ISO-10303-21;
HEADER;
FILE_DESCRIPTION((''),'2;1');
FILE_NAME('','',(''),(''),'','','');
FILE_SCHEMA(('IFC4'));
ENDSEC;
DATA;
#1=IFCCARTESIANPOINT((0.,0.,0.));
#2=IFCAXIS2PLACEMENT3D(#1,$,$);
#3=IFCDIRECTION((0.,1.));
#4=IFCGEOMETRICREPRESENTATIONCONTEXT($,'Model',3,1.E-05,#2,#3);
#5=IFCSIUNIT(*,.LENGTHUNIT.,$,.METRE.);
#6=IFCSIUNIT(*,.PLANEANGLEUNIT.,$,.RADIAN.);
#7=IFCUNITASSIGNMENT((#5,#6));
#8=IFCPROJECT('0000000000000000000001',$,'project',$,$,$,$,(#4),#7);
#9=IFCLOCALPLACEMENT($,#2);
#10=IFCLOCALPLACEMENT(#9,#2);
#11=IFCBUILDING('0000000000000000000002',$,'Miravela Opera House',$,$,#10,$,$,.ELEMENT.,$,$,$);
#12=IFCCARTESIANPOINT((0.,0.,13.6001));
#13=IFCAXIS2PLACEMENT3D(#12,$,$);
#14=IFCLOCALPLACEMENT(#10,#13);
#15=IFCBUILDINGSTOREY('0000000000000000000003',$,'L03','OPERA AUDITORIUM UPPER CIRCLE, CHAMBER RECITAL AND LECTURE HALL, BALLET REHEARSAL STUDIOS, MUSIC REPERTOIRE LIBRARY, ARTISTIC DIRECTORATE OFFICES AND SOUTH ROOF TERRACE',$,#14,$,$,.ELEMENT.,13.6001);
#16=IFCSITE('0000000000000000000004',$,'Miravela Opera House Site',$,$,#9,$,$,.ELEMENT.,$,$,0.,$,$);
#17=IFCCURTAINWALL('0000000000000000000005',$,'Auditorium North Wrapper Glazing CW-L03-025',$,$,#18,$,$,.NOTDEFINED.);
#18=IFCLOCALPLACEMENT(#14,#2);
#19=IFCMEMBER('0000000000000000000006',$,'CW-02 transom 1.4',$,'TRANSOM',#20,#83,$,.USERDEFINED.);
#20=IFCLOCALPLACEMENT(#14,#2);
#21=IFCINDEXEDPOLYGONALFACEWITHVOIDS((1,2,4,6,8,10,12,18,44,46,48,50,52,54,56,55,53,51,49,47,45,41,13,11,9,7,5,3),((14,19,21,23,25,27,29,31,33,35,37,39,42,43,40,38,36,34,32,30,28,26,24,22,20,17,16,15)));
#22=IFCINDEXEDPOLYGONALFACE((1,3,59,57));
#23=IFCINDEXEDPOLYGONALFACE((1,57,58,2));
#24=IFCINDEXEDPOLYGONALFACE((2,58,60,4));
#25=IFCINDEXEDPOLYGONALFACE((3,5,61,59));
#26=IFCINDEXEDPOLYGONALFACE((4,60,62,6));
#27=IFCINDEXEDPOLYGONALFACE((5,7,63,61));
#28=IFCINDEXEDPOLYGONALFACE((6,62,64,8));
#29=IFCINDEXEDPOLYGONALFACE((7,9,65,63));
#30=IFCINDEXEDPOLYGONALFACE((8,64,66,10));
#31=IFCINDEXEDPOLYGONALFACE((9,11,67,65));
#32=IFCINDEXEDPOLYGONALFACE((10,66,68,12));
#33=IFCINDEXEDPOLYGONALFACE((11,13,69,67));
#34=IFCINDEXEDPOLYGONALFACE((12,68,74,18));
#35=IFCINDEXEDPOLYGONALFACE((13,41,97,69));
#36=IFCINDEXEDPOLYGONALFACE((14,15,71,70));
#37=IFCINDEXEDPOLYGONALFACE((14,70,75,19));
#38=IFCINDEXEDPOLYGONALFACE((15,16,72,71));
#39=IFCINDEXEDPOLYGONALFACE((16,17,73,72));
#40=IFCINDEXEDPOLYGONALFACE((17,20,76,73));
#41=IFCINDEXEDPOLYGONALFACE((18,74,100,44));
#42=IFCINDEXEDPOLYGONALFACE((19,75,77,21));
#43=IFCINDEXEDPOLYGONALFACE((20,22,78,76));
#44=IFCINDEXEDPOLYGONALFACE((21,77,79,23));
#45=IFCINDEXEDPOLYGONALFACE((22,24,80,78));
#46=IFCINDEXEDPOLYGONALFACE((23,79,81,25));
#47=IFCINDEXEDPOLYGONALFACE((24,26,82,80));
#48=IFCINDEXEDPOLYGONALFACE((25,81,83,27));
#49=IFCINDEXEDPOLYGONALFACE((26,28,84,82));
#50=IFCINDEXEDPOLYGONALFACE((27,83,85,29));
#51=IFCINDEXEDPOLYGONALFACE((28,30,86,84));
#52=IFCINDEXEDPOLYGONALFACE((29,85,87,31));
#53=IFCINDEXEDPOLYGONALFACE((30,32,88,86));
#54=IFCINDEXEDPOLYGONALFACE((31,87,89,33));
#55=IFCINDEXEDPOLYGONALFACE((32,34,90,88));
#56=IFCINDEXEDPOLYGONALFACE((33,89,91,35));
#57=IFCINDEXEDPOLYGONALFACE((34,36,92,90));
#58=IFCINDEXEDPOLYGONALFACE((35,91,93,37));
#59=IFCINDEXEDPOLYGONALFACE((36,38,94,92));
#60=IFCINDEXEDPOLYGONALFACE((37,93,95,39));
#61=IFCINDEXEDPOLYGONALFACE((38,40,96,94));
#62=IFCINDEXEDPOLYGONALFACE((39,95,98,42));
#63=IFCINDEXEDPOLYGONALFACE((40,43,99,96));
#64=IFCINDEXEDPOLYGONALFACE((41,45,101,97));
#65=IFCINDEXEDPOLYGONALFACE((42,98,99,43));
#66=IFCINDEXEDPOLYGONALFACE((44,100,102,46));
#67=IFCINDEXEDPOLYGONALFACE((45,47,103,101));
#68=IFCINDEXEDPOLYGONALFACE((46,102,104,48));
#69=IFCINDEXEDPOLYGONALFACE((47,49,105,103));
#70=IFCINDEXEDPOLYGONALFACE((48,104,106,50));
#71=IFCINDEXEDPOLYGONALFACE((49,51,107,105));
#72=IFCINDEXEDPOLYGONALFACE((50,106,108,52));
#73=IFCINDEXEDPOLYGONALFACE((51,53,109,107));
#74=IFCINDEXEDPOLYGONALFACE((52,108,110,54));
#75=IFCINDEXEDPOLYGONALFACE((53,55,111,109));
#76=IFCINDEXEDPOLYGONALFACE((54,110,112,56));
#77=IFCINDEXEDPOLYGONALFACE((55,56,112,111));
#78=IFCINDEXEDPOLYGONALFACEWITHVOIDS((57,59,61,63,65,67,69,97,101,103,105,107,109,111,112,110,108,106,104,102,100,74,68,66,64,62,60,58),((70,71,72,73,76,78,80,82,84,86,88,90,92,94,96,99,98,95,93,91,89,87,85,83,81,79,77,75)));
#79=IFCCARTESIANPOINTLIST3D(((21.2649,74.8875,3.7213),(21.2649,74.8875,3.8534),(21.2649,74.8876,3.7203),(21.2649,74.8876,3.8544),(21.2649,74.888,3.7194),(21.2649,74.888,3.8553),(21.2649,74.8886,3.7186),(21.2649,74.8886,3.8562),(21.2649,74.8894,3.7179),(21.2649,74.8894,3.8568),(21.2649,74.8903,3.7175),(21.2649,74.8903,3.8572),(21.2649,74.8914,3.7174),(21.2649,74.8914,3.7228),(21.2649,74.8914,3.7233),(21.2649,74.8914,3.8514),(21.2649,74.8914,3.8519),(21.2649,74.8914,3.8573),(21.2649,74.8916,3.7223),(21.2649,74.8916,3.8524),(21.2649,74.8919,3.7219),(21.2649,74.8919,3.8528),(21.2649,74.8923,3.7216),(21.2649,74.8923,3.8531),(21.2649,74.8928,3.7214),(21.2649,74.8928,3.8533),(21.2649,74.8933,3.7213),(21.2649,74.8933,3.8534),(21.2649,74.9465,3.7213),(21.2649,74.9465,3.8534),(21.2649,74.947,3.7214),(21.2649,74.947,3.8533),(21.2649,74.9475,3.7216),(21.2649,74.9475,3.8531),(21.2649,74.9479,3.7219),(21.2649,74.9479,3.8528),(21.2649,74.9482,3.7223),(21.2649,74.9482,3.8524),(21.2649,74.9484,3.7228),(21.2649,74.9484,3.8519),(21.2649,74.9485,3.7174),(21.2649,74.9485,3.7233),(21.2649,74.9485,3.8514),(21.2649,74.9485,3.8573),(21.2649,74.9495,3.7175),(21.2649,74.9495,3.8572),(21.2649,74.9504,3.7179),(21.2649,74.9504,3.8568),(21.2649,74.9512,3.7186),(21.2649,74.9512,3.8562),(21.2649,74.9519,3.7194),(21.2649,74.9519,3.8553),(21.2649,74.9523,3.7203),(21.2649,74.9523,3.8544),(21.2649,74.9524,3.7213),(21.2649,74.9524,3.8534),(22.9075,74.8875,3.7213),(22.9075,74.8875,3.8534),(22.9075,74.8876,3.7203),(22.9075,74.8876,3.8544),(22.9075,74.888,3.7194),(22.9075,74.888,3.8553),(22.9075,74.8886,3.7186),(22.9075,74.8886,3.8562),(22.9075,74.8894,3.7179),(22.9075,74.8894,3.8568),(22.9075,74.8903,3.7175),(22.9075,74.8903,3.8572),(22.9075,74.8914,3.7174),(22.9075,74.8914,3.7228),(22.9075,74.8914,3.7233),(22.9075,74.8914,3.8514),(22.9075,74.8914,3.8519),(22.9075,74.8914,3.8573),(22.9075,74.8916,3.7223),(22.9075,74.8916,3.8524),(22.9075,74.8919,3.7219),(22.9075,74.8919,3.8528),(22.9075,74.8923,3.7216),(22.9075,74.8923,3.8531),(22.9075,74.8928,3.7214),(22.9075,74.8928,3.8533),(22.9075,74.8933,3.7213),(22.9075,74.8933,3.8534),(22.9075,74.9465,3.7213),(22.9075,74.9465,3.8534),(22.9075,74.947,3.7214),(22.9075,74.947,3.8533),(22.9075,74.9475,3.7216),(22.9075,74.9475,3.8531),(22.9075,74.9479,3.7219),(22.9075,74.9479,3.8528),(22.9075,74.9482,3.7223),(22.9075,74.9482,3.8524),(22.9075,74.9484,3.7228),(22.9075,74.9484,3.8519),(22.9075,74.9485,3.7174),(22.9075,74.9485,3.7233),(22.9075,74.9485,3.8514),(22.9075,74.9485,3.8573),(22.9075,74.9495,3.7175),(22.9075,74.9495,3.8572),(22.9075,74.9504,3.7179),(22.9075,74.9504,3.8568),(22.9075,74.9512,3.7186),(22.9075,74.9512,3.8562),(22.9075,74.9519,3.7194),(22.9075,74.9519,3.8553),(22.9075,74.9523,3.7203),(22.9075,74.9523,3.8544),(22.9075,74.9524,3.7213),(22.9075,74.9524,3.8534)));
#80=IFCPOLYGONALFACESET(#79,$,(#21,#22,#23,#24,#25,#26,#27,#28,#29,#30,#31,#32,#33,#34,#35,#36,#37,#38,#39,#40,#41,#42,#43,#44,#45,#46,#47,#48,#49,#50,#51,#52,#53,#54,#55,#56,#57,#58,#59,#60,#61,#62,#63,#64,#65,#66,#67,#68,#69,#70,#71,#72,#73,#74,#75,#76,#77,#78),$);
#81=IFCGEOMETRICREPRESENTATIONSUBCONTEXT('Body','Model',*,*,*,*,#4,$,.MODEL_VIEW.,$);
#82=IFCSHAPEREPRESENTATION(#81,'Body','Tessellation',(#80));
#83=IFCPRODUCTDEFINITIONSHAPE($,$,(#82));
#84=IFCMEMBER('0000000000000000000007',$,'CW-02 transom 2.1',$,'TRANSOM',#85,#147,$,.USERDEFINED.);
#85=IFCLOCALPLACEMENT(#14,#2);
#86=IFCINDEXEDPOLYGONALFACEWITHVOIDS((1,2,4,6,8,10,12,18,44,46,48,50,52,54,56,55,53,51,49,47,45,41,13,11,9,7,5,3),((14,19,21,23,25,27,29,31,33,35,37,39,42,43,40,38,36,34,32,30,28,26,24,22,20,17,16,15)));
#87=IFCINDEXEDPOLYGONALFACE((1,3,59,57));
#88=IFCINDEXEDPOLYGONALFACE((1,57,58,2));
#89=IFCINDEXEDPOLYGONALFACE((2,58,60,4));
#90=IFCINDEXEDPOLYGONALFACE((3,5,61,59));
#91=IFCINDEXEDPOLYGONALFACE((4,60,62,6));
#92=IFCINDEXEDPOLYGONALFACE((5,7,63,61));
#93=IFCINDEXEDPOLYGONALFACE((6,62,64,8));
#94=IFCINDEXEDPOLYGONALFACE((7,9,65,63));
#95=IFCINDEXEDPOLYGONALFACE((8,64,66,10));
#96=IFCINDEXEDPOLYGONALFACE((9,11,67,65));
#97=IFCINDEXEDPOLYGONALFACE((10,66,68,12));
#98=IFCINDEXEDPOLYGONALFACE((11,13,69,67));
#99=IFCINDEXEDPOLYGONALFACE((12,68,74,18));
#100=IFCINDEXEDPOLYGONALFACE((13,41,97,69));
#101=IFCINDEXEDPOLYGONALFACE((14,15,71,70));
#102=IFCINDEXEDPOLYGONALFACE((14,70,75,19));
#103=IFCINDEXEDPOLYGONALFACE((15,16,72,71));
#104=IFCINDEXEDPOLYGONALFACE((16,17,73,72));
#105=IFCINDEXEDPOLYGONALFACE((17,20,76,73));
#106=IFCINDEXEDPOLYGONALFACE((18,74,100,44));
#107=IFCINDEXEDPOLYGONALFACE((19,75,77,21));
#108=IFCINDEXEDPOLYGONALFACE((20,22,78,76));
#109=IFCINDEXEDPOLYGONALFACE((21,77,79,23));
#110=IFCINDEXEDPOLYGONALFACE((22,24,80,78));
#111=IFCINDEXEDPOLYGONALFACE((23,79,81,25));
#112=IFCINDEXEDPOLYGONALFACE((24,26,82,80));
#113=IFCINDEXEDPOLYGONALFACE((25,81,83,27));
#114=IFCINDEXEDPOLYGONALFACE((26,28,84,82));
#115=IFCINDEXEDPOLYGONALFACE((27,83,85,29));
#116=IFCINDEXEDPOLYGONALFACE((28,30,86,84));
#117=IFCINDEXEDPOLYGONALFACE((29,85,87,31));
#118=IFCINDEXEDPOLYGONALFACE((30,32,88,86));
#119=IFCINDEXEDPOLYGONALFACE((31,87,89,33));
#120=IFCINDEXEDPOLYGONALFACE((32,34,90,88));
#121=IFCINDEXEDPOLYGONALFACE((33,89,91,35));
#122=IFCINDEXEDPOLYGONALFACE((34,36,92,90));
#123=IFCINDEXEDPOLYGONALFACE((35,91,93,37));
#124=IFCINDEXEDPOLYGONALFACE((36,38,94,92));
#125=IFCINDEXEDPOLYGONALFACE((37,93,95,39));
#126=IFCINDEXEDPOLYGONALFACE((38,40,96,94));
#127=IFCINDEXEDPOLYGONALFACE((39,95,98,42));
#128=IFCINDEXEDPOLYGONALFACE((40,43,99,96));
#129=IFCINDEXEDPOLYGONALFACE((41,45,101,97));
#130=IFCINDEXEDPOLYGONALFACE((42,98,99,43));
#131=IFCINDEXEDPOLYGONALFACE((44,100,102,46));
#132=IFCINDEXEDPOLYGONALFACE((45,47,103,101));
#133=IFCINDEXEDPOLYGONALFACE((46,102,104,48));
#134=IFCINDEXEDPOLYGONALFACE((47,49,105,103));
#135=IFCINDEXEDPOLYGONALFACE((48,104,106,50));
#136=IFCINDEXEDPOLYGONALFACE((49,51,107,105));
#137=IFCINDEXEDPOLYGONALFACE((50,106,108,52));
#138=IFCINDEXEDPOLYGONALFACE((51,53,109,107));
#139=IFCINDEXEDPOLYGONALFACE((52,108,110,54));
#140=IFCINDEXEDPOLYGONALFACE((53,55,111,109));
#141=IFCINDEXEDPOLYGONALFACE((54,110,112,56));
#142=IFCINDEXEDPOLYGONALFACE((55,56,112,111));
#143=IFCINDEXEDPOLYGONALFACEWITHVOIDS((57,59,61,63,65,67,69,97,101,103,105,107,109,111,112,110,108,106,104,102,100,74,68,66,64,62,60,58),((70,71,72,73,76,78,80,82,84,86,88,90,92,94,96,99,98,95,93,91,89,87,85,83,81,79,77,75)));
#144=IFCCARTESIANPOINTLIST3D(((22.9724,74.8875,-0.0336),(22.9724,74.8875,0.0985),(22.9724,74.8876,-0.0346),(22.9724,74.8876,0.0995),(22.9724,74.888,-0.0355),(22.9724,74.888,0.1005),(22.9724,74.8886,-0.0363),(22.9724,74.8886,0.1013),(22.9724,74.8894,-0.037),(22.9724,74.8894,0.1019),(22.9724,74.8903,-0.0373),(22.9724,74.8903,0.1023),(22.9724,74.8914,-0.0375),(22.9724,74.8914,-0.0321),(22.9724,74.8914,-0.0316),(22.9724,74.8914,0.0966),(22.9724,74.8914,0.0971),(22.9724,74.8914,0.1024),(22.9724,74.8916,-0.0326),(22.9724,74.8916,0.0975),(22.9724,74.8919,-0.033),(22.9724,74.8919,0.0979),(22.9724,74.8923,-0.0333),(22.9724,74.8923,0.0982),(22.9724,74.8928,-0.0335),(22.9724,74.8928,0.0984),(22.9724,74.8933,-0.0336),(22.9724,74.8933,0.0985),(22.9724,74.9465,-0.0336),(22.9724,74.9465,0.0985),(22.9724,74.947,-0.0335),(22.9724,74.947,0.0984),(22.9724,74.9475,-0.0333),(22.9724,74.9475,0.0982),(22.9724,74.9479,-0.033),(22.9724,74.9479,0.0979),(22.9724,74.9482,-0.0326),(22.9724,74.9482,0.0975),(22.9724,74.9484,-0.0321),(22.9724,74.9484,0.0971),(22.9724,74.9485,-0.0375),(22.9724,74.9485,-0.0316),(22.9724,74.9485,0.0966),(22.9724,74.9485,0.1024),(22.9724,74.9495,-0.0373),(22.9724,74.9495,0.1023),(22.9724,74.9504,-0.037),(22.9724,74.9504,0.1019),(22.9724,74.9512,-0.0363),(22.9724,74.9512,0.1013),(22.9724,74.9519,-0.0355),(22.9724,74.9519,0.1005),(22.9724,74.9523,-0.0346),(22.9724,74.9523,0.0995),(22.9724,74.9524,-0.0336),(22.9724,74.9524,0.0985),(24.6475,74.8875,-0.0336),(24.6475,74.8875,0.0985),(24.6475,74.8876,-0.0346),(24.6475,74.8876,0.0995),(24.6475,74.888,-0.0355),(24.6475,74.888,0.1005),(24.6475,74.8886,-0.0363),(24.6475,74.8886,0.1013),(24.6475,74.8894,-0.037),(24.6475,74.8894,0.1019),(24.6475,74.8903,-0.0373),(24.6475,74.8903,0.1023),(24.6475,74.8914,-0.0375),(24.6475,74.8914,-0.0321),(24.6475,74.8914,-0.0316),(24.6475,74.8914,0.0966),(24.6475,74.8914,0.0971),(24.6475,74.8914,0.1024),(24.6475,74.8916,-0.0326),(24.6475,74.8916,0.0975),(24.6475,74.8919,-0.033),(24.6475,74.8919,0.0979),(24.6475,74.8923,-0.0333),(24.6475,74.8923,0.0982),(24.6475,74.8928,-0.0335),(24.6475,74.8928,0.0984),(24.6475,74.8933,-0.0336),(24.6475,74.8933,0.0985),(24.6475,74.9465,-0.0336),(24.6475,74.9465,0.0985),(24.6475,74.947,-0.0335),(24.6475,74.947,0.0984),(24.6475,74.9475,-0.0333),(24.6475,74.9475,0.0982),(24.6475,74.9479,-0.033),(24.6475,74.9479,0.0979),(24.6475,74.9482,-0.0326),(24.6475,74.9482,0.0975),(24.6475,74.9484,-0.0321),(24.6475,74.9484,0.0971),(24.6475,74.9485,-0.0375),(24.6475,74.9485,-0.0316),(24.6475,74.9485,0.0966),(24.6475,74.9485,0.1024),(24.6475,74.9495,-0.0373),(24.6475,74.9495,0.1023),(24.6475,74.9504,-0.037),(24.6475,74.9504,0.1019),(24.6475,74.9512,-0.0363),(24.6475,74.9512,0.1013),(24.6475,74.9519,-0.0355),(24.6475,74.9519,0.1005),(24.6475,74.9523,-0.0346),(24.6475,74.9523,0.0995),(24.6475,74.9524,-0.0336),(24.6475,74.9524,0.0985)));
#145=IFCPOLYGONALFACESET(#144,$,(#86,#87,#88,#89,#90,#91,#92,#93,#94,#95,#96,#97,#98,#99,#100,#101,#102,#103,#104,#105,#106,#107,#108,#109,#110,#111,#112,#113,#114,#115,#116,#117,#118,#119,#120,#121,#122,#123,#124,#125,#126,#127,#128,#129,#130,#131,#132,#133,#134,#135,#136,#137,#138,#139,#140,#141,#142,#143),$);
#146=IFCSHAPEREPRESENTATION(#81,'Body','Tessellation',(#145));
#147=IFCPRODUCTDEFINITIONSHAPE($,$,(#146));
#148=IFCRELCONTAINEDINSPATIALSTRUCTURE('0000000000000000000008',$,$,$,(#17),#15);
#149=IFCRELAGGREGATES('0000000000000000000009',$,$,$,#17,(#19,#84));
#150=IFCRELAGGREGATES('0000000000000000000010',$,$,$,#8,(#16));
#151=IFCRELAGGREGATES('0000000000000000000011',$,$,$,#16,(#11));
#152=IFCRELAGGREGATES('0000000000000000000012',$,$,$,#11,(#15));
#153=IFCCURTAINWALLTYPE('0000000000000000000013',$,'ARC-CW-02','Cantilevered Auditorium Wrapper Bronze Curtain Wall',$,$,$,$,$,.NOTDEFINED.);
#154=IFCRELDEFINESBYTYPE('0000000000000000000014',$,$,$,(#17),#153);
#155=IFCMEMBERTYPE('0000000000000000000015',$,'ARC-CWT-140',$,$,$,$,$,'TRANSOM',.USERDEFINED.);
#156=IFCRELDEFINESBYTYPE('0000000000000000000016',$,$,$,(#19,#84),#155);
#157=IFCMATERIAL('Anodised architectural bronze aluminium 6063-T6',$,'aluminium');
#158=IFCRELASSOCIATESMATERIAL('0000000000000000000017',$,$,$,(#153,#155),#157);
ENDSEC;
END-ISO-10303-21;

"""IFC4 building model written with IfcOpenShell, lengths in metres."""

from ifc_helpers import new_model, si_unit, direction, frame, origin, origin_2d, place, context, subcontext, project, spatial, hollow_rectangle, extrude, material, material_profile, profile_set, type_object, element, aggregate, save


model = new_model("IFC4")

# Units and contexts
model_context = context("Model", 3, precision=1e-05, world=origin(), true_north=direction((0.0, 1.0)))
body_context = subcontext(model_context, "Body", "Model", "MODEL_VIEW")
ifc_project = project(units=[si_unit("LENGTHUNIT", "METRE"), si_unit("PLANEANGLEUNIT", "RADIAN")], contexts=[model_context])

# Site, building, storey
site_placement = place(None, origin())
site = spatial("IfcSite", under=ifc_project, at=site_placement, Name="Miravela Opera House Site", CompositionType="ELEMENT", RefElevation=0.0)
building_placement = place(site_placement, origin())
building = spatial("IfcBuilding", under=site, at=building_placement, Name="Miravela Opera House", CompositionType="ELEMENT")
storey_placement = place(building_placement, frame((0.0, 0.0, 13.6001)))
storey = spatial("IfcBuildingStorey", under=building, at=storey_placement, Name="L03", Description="OPERA AUDITORIUM UPPER CIRCLE, CHAMBER RECITAL AND LECTURE HALL, BALLET REHEARSAL STUDIOS, MUSIC REPERTOIRE LIBRARY, ARTISTIC DIRECTORATE OFFICES AND SOUTH ROOF TERRACE", CompositionType="ELEMENT", Elevation=13.6001)

# Shared definitions
ifc_material_1 = material(Name="Anodised architectural bronze aluminium 6063-T6", Category="aluminium")
curtain_wall_type = type_object("IfcCurtainWallType", Name="ARC-CW-02", Description="Cantilevered Auditorium Wrapper Bronze Curtain Wall", PredefinedType="NOTDEFINED", material=ifc_material_1)

# Curtain wall, members
curtain_wall_1_placement = place(storey_placement, origin())
curtain_wall_1 = element("IfcCurtainWall", 1, at=curtain_wall_1_placement, inside=storey, type_object=curtain_wall_type, Name="Auditorium North Wrapper Glazing CW-L03-025", PredefinedType="NOTDEFINED")
ifc_material_profile_1 = material_profile(ifc_material_1, hollow_rectangle(XDim=0.0649, YDim=0.1399, WallThickness=0.0039, InnerFilletRadius=0.002, OuterFilletRadius=0.0039, at=origin_2d()), Name="CWT-65X140")
ifc_profile_set_1 = profile_set([ifc_material_profile_1])
member_type_1 = type_object("IfcMemberType", Name="ARC-CWT-140", ElementType="TRANSOM", PredefinedType="USERDEFINED", material=ifc_profile_set_1)
member_1_placement = place(storey_placement, frame((21.2649, 74.9199, 3.7874), z_axis=(1.0, 0.0, 0.0), x_axis=(0.0, 1.0, 0.0)))
member_1 = element("IfcMember", 2, at=member_1_placement, type_object=member_type_1, Name="CW-02 transom 1.4", ObjectType="TRANSOM", PredefinedType="USERDEFINED", context=body_context, shape_type="SweptSolid", body=[
    extrude(hollow_rectangle(XDim=0.0649, YDim=0.1399, WallThickness=0.0039, InnerFilletRadius=0.002, OuterFilletRadius=0.0039, at=origin_2d()), origin(), (0.0, 0.0, 1.0), 1.6426),
])
member_2_placement = place(storey_placement, frame((22.9724, 74.9199, 0.0325), z_axis=(1.0, 0.0, 0.0), x_axis=(0.0, 1.0, 0.0)))
member_2 = element("IfcMember", 3, at=member_2_placement, type_object=member_type_1, Name="CW-02 transom 2.1", ObjectType="TRANSOM", PredefinedType="USERDEFINED", context=body_context, shape_type="SweptSolid", body=[
    extrude(hollow_rectangle(XDim=0.0649, YDim=0.1399, WallThickness=0.0039, InnerFilletRadius=0.002, OuterFilletRadius=0.0039, at=origin_2d()), origin(), (0.0, 0.0, 1.0), 1.675),
])

aggregate(curtain_wall_1, [member_1, member_2])

save(model, "model.ifc")
